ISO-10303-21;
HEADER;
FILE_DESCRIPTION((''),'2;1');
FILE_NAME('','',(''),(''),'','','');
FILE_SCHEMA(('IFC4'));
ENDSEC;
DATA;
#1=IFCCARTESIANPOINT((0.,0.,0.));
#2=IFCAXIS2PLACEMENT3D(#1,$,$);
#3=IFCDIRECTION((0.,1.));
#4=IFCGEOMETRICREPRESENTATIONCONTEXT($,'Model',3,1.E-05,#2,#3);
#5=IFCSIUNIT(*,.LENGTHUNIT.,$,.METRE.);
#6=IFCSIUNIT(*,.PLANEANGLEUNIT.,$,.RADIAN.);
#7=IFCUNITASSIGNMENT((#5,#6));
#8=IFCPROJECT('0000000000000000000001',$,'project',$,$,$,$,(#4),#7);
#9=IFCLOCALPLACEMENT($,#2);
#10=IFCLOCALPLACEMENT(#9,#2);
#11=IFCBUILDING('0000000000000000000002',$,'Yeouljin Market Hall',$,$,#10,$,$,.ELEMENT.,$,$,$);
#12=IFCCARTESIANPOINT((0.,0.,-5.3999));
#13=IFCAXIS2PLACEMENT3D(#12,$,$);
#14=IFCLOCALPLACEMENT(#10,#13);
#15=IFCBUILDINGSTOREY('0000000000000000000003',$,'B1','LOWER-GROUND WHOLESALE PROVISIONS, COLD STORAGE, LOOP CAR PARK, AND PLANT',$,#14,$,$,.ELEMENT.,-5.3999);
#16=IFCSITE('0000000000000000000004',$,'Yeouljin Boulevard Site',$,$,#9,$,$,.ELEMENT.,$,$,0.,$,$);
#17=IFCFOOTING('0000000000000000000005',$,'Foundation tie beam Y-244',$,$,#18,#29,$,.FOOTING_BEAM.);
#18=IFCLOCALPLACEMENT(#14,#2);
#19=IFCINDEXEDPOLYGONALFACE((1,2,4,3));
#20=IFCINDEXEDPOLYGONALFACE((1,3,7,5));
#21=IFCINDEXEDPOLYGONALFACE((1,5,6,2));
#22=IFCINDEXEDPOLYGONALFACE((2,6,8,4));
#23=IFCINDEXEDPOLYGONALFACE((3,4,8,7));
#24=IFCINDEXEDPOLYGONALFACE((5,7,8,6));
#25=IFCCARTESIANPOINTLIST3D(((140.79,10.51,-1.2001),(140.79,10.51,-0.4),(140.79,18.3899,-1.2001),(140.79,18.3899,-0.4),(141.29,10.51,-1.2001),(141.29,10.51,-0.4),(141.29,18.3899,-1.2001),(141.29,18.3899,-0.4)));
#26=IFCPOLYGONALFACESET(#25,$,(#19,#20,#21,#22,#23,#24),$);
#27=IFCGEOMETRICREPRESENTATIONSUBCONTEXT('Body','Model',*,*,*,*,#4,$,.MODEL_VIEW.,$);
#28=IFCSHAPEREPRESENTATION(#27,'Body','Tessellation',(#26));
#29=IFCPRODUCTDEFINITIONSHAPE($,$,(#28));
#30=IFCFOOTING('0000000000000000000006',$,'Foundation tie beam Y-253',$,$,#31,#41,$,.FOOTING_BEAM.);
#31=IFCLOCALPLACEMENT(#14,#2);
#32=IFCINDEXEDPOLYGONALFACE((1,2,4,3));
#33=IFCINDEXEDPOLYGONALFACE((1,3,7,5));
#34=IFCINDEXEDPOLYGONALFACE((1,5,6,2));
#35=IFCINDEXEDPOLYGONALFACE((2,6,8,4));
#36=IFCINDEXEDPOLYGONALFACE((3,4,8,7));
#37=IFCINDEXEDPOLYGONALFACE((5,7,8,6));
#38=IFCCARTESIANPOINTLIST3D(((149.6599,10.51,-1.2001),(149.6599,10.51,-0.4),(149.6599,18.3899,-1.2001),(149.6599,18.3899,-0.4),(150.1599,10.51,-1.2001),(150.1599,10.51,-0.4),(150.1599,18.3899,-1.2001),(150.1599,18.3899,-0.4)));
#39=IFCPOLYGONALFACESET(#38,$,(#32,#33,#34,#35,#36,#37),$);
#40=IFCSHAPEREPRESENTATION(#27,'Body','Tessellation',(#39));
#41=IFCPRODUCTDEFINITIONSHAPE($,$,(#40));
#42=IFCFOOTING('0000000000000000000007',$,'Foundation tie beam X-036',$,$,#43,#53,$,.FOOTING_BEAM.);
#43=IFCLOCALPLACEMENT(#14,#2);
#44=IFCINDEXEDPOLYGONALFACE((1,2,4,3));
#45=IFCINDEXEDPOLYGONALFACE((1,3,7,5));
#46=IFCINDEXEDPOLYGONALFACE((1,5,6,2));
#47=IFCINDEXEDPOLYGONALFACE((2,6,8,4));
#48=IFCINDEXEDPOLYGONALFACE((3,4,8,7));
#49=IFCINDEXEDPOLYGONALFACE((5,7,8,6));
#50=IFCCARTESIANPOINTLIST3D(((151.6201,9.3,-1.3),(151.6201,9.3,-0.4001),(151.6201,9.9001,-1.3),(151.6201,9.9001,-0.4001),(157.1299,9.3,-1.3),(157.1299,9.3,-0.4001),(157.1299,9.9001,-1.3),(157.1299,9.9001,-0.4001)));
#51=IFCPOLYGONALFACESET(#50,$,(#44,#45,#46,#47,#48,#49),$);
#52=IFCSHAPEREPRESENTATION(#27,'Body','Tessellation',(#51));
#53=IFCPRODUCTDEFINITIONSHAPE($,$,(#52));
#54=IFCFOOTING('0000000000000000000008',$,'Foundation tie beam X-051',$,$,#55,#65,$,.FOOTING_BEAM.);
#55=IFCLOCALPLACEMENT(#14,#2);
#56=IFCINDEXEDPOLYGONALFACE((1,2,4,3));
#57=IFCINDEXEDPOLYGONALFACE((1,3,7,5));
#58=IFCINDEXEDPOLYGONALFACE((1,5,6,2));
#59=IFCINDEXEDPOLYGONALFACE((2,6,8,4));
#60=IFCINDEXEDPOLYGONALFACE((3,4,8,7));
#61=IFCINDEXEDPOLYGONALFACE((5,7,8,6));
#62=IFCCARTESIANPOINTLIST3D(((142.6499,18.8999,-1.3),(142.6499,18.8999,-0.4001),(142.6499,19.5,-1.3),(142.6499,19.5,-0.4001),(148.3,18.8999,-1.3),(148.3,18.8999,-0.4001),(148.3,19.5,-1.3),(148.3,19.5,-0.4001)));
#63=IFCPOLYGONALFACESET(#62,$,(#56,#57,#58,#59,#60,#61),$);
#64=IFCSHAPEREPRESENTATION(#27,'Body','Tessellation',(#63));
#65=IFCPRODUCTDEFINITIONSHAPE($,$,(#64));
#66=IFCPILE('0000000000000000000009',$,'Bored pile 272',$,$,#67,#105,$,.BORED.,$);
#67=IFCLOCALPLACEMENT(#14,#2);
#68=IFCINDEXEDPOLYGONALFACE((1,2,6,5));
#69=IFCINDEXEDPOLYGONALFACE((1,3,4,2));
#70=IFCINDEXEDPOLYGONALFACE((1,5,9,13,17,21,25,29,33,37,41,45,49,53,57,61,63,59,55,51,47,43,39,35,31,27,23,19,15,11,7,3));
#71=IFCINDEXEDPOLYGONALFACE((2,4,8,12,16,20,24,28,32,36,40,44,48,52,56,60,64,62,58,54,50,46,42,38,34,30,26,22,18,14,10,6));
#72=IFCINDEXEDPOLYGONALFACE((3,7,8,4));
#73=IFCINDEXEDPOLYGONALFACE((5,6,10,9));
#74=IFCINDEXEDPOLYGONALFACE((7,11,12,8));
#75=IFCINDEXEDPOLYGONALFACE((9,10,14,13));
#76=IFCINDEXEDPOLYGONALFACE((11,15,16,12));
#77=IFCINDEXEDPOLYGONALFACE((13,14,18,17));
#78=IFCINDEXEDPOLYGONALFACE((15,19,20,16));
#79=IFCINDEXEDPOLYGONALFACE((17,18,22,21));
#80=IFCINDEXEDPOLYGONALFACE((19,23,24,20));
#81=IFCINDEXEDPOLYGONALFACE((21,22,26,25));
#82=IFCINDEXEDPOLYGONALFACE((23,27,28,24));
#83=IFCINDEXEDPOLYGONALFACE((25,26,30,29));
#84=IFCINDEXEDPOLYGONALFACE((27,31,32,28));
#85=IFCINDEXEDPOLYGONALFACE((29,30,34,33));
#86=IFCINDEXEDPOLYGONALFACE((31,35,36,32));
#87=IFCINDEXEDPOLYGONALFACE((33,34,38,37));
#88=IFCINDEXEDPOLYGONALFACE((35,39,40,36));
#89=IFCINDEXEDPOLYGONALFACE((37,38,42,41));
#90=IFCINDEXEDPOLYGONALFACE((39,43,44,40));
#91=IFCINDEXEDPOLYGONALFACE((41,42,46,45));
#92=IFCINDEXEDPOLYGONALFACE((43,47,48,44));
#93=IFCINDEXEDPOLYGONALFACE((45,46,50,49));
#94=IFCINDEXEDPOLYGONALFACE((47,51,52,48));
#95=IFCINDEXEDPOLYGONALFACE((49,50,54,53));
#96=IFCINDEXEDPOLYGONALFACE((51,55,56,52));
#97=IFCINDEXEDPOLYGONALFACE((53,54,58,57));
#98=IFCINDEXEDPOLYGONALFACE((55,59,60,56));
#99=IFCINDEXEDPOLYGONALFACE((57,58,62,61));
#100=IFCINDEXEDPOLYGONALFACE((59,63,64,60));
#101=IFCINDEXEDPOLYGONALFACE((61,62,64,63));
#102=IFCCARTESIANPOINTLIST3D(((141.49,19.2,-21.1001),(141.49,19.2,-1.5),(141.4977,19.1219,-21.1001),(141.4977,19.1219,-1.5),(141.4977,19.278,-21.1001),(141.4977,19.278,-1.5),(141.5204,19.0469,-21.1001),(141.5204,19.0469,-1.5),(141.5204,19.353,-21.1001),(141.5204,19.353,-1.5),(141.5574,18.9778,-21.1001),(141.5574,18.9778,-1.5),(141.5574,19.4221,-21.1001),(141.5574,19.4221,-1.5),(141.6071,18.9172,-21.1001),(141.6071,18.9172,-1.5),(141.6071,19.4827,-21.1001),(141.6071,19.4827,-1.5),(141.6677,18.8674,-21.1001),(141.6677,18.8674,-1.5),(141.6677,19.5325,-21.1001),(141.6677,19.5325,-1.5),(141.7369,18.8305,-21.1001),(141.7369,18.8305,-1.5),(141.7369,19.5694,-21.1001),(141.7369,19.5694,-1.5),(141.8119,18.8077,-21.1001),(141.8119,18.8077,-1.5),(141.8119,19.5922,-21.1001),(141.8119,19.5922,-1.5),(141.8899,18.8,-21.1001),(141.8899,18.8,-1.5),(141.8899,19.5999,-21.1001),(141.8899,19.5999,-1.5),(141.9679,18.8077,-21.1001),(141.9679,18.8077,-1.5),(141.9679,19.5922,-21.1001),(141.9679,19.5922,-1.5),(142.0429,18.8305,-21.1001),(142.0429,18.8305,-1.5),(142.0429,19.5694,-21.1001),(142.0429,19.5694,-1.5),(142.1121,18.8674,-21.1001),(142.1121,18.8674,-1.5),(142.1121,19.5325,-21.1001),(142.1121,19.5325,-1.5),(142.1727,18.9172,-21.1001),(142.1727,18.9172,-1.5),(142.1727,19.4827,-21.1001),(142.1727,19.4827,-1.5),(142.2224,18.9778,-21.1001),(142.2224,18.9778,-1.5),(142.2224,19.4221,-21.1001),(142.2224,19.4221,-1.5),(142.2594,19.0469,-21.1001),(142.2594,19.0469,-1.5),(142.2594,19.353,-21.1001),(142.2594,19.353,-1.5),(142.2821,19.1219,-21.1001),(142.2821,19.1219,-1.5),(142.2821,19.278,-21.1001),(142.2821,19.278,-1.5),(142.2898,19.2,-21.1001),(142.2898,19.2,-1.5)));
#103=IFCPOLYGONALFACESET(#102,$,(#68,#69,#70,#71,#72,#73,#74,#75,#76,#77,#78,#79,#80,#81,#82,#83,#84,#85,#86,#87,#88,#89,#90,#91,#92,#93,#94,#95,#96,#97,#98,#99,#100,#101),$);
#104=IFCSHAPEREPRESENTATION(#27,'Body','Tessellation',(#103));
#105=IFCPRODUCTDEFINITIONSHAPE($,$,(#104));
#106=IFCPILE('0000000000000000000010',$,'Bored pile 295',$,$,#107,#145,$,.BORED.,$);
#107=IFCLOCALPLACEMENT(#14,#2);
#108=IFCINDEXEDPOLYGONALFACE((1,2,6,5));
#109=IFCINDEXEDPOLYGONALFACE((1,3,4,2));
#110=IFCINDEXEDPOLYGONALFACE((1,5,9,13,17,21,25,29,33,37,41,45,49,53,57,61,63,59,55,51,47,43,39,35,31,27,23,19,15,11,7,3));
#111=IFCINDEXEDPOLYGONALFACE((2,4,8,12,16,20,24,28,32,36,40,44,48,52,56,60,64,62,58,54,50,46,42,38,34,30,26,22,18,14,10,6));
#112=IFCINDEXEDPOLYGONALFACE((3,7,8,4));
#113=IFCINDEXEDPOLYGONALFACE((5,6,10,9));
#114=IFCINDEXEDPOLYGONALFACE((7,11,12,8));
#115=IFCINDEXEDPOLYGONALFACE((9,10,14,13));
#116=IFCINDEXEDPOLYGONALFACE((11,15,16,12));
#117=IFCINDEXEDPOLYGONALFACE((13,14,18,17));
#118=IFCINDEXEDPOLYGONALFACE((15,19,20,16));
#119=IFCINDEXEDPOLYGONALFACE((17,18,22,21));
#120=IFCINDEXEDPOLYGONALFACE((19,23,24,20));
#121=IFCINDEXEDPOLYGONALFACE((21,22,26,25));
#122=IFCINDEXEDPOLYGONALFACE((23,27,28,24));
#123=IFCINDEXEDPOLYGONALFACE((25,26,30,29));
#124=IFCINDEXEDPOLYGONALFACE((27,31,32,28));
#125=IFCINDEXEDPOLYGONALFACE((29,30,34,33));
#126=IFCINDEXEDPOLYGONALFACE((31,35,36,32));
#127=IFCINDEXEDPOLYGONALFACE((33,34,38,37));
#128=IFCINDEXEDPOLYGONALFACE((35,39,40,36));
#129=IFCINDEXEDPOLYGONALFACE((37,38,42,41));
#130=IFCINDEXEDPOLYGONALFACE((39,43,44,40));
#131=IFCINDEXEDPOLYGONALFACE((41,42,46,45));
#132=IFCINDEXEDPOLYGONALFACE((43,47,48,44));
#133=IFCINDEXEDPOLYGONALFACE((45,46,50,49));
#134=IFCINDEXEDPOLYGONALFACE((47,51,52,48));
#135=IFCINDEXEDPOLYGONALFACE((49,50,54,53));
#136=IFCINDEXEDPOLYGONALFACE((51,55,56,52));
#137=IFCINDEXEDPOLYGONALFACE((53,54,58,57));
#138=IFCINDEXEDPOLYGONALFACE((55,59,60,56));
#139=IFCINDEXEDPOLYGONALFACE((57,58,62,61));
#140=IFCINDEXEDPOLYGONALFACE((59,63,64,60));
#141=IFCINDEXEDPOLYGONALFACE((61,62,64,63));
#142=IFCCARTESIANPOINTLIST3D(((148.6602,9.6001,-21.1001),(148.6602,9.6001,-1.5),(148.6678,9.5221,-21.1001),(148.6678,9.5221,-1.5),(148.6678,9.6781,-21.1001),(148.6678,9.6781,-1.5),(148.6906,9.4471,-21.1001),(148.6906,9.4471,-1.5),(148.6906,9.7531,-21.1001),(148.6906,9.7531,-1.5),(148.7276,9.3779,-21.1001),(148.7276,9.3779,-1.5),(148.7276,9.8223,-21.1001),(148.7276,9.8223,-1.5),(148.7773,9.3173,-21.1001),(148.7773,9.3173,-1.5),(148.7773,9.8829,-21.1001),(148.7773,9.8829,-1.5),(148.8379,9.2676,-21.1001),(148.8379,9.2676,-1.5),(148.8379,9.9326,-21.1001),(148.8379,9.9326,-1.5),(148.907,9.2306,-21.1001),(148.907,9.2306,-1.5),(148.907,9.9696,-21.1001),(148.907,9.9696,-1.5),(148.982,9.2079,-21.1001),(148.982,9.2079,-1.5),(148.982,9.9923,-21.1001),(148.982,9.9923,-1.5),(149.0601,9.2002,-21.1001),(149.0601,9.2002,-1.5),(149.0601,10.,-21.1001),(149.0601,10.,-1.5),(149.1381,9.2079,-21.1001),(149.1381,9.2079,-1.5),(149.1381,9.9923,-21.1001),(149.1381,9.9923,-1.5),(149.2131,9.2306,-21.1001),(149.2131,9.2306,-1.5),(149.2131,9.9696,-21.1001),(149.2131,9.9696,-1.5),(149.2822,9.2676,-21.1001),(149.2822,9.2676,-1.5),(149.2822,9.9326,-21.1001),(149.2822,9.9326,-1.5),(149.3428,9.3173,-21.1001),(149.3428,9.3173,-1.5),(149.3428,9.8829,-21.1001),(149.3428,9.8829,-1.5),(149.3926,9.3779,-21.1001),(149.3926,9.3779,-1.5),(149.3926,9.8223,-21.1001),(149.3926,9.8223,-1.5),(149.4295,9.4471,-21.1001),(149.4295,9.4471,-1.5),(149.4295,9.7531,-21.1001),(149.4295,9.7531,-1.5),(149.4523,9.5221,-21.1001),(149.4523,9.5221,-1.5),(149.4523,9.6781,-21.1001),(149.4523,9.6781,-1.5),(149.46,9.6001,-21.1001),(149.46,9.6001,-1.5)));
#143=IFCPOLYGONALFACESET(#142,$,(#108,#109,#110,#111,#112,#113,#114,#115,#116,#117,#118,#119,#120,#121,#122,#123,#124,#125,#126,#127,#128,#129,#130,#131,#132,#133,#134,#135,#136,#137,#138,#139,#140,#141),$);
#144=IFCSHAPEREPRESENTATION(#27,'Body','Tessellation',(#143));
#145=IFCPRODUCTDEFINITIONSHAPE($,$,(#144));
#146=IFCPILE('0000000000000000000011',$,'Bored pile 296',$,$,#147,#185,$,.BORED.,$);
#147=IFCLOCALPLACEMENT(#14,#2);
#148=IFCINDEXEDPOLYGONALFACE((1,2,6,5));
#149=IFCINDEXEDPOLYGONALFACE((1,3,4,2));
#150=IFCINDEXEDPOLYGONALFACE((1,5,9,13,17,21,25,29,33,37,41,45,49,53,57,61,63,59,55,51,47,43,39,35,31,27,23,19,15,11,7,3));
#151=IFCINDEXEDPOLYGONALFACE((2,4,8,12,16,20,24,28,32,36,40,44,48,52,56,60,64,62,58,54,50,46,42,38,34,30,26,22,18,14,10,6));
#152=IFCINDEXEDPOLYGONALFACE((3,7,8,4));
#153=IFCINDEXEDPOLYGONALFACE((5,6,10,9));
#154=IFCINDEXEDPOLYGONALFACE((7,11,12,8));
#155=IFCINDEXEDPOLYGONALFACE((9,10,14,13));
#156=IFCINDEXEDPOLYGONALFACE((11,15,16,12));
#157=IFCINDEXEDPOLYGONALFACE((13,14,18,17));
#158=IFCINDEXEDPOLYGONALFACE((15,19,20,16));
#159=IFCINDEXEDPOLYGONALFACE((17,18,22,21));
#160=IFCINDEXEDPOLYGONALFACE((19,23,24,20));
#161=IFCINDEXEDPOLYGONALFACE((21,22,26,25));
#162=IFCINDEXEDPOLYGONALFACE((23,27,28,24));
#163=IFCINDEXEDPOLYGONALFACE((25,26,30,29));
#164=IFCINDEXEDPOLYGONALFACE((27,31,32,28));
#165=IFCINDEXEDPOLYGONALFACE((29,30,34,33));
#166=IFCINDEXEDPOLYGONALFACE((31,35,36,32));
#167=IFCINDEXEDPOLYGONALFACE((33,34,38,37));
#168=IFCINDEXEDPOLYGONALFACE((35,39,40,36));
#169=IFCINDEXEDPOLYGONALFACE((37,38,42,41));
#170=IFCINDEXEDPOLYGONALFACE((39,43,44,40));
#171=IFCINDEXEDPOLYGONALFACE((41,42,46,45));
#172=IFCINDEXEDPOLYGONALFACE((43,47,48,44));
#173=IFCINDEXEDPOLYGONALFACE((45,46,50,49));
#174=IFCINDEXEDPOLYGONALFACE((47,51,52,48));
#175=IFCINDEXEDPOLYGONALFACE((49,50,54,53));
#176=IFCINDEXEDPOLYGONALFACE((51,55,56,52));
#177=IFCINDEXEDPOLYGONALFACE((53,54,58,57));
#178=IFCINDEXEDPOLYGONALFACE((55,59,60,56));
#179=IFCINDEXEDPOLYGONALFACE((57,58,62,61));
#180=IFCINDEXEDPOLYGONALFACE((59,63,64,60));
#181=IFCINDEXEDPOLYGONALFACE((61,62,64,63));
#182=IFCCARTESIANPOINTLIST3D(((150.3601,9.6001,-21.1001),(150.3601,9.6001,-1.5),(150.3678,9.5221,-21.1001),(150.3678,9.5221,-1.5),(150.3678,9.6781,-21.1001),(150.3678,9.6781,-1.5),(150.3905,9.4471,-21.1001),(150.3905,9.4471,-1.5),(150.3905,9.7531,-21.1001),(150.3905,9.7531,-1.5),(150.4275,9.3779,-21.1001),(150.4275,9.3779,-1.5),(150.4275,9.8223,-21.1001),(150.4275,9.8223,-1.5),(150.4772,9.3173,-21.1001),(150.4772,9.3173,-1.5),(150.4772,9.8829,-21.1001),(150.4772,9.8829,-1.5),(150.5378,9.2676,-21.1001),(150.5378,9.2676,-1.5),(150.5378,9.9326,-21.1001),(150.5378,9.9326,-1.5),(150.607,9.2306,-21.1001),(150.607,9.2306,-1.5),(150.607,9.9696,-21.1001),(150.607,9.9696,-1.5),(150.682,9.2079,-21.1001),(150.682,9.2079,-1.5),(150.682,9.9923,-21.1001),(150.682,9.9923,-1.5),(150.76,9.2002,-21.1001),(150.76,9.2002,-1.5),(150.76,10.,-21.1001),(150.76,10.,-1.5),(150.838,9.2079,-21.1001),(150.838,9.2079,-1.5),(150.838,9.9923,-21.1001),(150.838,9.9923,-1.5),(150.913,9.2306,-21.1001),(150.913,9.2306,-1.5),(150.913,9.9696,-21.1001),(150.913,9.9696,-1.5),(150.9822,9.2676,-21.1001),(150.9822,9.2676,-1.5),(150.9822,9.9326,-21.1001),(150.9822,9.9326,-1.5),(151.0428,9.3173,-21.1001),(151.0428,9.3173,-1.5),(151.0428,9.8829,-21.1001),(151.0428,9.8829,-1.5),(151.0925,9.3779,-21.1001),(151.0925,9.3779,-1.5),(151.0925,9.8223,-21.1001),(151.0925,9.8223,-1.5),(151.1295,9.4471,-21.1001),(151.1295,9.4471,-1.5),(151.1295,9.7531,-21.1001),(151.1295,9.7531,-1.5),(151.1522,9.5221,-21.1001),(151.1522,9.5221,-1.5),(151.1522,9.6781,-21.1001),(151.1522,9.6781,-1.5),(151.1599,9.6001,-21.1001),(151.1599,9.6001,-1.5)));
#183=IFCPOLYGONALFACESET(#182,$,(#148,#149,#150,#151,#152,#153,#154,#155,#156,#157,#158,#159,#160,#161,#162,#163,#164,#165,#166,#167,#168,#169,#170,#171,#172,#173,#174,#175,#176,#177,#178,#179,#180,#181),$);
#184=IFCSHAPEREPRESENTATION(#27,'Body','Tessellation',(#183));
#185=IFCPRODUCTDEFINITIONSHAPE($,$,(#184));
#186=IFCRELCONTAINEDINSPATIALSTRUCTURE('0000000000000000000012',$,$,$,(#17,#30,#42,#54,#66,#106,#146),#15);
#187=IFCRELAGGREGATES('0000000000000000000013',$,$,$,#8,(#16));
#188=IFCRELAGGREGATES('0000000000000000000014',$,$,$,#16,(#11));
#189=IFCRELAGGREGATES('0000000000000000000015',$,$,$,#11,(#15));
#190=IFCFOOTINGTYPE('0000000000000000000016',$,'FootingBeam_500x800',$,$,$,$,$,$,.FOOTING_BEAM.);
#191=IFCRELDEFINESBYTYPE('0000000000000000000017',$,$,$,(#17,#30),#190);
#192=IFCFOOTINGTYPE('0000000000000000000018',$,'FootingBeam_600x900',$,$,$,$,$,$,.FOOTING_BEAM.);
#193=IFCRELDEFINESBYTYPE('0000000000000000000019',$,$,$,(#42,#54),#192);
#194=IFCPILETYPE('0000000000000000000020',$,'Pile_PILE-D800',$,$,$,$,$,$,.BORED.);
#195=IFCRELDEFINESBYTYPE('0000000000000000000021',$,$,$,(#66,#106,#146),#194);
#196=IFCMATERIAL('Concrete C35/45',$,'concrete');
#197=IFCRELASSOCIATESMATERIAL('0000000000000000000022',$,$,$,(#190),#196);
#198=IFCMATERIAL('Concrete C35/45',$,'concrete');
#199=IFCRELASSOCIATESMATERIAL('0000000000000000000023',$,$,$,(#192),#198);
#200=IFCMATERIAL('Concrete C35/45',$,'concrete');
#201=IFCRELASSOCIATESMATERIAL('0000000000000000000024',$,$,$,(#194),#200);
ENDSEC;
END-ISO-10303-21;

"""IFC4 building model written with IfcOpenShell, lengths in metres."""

from ifc_helpers import new_model, si_unit, direction, frame, origin, origin_2d, place, context, subcontext, project, spatial, rectangle, circle, extrude, material, material_profile, profile_set, type_object, element, save


model = new_model("IFC4")

# Units and contexts
model_context = context("Model", 3, precision=1e-05, world=origin(), true_north=direction((0.0, 1.0)))
body_context = subcontext(model_context, "Body", "Model", "MODEL_VIEW")
ifc_project = project(units=[si_unit("LENGTHUNIT", "METRE"), si_unit("PLANEANGLEUNIT", "RADIAN")], contexts=[model_context])

# Site, building, storey
site_placement = place(None, origin())
site = spatial("IfcSite", under=ifc_project, at=site_placement, Name="Yeouljin Boulevard Site", CompositionType="ELEMENT", RefElevation=0.0)
building_placement = place(site_placement, origin())
building = spatial("IfcBuilding", under=site, at=building_placement, Name="Yeouljin Market Hall", CompositionType="ELEMENT")
storey_placement = place(building_placement, frame((0.0, 0.0, -5.3999)))
storey = spatial("IfcBuildingStorey", under=building, at=storey_placement, Name="B1", Description="LOWER-GROUND WHOLESALE PROVISIONS, COLD STORAGE, LOOP CAR PARK, AND PLANT", CompositionType="ELEMENT", Elevation=-5.3999)

# Footings
ifc_material_1 = material(Name="Concrete C35/45", Category="concrete")
ifc_material_profile_1 = material_profile(ifc_material_1, rectangle(XDim=0.5, YDim=0.8, at=origin_2d()), Name="RC-500x800")
ifc_profile_set_1 = profile_set([ifc_material_profile_1], Name="Concrete C35/45")
footing_type_1 = type_object("IfcFootingType", Name="FootingBeam_500x800", PredefinedType="FOOTING_BEAM", material=ifc_profile_set_1)
for number, where, z_axis, x_axis, name in (
    (1, (141.04, 10.51, -0.8), (0.0, 1.0, 0.0), (-1.0, 0.0, 0.0), "Foundation tie beam Y-244"),
    (2, (149.9099, 10.51, -0.8), (0.0, 1.0, 0.0), (-1.0, 0.0, 0.0), "Foundation tie beam Y-253"),
):
    element("IfcFooting", number, at=place(storey_placement, frame(where, z_axis=z_axis, x_axis=x_axis)), inside=storey, type_object=footing_type_1, Name=name, PredefinedType="FOOTING_BEAM", context=body_context, shape_type="SweptSolid", body=[
        extrude(rectangle(XDim=0.5, YDim=0.8, at=origin_2d()), origin(), (0.0, 0.0, 1.0), 7.8799),
    ])
ifc_material_2 = material(Name="Concrete C35/45", Category="concrete")
ifc_material_profile_2 = material_profile(ifc_material_2, rectangle(XDim=0.6001, YDim=0.8999, at=origin_2d()), Name="RC-600x900")
ifc_profile_set_2 = profile_set([ifc_material_profile_2], Name="Concrete C35/45")
footing_type_2 = type_object("IfcFootingType", Name="FootingBeam_600x900", PredefinedType="FOOTING_BEAM", material=ifc_profile_set_2)
footing_1_placement = place(storey_placement, frame((151.6201, 9.6001, -0.8501), z_axis=(1.0, 0.0, 0.0), x_axis=(0.0, 1.0, 0.0)))
element("IfcFooting", 3, at=footing_1_placement, inside=storey, type_object=footing_type_2, Name="Foundation tie beam X-036", PredefinedType="FOOTING_BEAM", context=body_context, shape_type="SweptSolid", body=[
    extrude(rectangle(XDim=0.6001, YDim=0.8999, at=origin_2d()), origin(), (0.0, 0.0, 1.0), 5.5098),
])
footing_2_placement = place(storey_placement, frame((142.6499, 19.2, -0.8501), z_axis=(1.0, 0.0, 0.0), x_axis=(0.0, 1.0, 0.0)))
element("IfcFooting", 4, at=footing_2_placement, inside=storey, type_object=footing_type_2, Name="Foundation tie beam X-051", PredefinedType="FOOTING_BEAM", context=body_context, shape_type="SweptSolid", body=[
    extrude(rectangle(XDim=0.6001, YDim=0.8999, at=origin_2d()), origin(), (0.0, 0.0, 1.0), 5.6501),
])

# Piles
ifc_material_3 = material(Name="Concrete C35/45", Category="concrete")
ifc_material_profile_3 = material_profile(ifc_material_3, circle(Radius=0.3999, at=origin_2d()), Name="PILE-D800")
ifc_profile_set_3 = profile_set([ifc_material_profile_3], Name="Concrete C35/45")
pile_type = type_object("IfcPileType", Name="Pile_PILE-D800", PredefinedType="BORED", material=ifc_profile_set_3)
for number, where, z_axis, x_axis, name in (
    (5, (141.8899, 19.2, -1.5), (0.0, 0.0, -1.0), (1.0, 0.0, 0.0), "Bored pile 272"),
    (6, (149.0601, 9.6001, -1.5), (0.0, 0.0, -1.0), (1.0, 0.0, 0.0), "Bored pile 295"),
    (7, (150.76, 9.6001, -1.5), (0.0, 0.0, -1.0), (1.0, 0.0, 0.0), "Bored pile 296"),
):
    element("IfcPile", number, at=place(storey_placement, frame(where, z_axis=z_axis, x_axis=x_axis)), inside=storey, type_object=pile_type, Name=name, PredefinedType="BORED", context=body_context, shape_type="SweptSolid", body=[
        extrude(circle(Radius=0.3999, at=origin_2d()), origin(), (0.0, 0.0, 1.0), 19.6001),
    ])

save(model, "model.ifc")
